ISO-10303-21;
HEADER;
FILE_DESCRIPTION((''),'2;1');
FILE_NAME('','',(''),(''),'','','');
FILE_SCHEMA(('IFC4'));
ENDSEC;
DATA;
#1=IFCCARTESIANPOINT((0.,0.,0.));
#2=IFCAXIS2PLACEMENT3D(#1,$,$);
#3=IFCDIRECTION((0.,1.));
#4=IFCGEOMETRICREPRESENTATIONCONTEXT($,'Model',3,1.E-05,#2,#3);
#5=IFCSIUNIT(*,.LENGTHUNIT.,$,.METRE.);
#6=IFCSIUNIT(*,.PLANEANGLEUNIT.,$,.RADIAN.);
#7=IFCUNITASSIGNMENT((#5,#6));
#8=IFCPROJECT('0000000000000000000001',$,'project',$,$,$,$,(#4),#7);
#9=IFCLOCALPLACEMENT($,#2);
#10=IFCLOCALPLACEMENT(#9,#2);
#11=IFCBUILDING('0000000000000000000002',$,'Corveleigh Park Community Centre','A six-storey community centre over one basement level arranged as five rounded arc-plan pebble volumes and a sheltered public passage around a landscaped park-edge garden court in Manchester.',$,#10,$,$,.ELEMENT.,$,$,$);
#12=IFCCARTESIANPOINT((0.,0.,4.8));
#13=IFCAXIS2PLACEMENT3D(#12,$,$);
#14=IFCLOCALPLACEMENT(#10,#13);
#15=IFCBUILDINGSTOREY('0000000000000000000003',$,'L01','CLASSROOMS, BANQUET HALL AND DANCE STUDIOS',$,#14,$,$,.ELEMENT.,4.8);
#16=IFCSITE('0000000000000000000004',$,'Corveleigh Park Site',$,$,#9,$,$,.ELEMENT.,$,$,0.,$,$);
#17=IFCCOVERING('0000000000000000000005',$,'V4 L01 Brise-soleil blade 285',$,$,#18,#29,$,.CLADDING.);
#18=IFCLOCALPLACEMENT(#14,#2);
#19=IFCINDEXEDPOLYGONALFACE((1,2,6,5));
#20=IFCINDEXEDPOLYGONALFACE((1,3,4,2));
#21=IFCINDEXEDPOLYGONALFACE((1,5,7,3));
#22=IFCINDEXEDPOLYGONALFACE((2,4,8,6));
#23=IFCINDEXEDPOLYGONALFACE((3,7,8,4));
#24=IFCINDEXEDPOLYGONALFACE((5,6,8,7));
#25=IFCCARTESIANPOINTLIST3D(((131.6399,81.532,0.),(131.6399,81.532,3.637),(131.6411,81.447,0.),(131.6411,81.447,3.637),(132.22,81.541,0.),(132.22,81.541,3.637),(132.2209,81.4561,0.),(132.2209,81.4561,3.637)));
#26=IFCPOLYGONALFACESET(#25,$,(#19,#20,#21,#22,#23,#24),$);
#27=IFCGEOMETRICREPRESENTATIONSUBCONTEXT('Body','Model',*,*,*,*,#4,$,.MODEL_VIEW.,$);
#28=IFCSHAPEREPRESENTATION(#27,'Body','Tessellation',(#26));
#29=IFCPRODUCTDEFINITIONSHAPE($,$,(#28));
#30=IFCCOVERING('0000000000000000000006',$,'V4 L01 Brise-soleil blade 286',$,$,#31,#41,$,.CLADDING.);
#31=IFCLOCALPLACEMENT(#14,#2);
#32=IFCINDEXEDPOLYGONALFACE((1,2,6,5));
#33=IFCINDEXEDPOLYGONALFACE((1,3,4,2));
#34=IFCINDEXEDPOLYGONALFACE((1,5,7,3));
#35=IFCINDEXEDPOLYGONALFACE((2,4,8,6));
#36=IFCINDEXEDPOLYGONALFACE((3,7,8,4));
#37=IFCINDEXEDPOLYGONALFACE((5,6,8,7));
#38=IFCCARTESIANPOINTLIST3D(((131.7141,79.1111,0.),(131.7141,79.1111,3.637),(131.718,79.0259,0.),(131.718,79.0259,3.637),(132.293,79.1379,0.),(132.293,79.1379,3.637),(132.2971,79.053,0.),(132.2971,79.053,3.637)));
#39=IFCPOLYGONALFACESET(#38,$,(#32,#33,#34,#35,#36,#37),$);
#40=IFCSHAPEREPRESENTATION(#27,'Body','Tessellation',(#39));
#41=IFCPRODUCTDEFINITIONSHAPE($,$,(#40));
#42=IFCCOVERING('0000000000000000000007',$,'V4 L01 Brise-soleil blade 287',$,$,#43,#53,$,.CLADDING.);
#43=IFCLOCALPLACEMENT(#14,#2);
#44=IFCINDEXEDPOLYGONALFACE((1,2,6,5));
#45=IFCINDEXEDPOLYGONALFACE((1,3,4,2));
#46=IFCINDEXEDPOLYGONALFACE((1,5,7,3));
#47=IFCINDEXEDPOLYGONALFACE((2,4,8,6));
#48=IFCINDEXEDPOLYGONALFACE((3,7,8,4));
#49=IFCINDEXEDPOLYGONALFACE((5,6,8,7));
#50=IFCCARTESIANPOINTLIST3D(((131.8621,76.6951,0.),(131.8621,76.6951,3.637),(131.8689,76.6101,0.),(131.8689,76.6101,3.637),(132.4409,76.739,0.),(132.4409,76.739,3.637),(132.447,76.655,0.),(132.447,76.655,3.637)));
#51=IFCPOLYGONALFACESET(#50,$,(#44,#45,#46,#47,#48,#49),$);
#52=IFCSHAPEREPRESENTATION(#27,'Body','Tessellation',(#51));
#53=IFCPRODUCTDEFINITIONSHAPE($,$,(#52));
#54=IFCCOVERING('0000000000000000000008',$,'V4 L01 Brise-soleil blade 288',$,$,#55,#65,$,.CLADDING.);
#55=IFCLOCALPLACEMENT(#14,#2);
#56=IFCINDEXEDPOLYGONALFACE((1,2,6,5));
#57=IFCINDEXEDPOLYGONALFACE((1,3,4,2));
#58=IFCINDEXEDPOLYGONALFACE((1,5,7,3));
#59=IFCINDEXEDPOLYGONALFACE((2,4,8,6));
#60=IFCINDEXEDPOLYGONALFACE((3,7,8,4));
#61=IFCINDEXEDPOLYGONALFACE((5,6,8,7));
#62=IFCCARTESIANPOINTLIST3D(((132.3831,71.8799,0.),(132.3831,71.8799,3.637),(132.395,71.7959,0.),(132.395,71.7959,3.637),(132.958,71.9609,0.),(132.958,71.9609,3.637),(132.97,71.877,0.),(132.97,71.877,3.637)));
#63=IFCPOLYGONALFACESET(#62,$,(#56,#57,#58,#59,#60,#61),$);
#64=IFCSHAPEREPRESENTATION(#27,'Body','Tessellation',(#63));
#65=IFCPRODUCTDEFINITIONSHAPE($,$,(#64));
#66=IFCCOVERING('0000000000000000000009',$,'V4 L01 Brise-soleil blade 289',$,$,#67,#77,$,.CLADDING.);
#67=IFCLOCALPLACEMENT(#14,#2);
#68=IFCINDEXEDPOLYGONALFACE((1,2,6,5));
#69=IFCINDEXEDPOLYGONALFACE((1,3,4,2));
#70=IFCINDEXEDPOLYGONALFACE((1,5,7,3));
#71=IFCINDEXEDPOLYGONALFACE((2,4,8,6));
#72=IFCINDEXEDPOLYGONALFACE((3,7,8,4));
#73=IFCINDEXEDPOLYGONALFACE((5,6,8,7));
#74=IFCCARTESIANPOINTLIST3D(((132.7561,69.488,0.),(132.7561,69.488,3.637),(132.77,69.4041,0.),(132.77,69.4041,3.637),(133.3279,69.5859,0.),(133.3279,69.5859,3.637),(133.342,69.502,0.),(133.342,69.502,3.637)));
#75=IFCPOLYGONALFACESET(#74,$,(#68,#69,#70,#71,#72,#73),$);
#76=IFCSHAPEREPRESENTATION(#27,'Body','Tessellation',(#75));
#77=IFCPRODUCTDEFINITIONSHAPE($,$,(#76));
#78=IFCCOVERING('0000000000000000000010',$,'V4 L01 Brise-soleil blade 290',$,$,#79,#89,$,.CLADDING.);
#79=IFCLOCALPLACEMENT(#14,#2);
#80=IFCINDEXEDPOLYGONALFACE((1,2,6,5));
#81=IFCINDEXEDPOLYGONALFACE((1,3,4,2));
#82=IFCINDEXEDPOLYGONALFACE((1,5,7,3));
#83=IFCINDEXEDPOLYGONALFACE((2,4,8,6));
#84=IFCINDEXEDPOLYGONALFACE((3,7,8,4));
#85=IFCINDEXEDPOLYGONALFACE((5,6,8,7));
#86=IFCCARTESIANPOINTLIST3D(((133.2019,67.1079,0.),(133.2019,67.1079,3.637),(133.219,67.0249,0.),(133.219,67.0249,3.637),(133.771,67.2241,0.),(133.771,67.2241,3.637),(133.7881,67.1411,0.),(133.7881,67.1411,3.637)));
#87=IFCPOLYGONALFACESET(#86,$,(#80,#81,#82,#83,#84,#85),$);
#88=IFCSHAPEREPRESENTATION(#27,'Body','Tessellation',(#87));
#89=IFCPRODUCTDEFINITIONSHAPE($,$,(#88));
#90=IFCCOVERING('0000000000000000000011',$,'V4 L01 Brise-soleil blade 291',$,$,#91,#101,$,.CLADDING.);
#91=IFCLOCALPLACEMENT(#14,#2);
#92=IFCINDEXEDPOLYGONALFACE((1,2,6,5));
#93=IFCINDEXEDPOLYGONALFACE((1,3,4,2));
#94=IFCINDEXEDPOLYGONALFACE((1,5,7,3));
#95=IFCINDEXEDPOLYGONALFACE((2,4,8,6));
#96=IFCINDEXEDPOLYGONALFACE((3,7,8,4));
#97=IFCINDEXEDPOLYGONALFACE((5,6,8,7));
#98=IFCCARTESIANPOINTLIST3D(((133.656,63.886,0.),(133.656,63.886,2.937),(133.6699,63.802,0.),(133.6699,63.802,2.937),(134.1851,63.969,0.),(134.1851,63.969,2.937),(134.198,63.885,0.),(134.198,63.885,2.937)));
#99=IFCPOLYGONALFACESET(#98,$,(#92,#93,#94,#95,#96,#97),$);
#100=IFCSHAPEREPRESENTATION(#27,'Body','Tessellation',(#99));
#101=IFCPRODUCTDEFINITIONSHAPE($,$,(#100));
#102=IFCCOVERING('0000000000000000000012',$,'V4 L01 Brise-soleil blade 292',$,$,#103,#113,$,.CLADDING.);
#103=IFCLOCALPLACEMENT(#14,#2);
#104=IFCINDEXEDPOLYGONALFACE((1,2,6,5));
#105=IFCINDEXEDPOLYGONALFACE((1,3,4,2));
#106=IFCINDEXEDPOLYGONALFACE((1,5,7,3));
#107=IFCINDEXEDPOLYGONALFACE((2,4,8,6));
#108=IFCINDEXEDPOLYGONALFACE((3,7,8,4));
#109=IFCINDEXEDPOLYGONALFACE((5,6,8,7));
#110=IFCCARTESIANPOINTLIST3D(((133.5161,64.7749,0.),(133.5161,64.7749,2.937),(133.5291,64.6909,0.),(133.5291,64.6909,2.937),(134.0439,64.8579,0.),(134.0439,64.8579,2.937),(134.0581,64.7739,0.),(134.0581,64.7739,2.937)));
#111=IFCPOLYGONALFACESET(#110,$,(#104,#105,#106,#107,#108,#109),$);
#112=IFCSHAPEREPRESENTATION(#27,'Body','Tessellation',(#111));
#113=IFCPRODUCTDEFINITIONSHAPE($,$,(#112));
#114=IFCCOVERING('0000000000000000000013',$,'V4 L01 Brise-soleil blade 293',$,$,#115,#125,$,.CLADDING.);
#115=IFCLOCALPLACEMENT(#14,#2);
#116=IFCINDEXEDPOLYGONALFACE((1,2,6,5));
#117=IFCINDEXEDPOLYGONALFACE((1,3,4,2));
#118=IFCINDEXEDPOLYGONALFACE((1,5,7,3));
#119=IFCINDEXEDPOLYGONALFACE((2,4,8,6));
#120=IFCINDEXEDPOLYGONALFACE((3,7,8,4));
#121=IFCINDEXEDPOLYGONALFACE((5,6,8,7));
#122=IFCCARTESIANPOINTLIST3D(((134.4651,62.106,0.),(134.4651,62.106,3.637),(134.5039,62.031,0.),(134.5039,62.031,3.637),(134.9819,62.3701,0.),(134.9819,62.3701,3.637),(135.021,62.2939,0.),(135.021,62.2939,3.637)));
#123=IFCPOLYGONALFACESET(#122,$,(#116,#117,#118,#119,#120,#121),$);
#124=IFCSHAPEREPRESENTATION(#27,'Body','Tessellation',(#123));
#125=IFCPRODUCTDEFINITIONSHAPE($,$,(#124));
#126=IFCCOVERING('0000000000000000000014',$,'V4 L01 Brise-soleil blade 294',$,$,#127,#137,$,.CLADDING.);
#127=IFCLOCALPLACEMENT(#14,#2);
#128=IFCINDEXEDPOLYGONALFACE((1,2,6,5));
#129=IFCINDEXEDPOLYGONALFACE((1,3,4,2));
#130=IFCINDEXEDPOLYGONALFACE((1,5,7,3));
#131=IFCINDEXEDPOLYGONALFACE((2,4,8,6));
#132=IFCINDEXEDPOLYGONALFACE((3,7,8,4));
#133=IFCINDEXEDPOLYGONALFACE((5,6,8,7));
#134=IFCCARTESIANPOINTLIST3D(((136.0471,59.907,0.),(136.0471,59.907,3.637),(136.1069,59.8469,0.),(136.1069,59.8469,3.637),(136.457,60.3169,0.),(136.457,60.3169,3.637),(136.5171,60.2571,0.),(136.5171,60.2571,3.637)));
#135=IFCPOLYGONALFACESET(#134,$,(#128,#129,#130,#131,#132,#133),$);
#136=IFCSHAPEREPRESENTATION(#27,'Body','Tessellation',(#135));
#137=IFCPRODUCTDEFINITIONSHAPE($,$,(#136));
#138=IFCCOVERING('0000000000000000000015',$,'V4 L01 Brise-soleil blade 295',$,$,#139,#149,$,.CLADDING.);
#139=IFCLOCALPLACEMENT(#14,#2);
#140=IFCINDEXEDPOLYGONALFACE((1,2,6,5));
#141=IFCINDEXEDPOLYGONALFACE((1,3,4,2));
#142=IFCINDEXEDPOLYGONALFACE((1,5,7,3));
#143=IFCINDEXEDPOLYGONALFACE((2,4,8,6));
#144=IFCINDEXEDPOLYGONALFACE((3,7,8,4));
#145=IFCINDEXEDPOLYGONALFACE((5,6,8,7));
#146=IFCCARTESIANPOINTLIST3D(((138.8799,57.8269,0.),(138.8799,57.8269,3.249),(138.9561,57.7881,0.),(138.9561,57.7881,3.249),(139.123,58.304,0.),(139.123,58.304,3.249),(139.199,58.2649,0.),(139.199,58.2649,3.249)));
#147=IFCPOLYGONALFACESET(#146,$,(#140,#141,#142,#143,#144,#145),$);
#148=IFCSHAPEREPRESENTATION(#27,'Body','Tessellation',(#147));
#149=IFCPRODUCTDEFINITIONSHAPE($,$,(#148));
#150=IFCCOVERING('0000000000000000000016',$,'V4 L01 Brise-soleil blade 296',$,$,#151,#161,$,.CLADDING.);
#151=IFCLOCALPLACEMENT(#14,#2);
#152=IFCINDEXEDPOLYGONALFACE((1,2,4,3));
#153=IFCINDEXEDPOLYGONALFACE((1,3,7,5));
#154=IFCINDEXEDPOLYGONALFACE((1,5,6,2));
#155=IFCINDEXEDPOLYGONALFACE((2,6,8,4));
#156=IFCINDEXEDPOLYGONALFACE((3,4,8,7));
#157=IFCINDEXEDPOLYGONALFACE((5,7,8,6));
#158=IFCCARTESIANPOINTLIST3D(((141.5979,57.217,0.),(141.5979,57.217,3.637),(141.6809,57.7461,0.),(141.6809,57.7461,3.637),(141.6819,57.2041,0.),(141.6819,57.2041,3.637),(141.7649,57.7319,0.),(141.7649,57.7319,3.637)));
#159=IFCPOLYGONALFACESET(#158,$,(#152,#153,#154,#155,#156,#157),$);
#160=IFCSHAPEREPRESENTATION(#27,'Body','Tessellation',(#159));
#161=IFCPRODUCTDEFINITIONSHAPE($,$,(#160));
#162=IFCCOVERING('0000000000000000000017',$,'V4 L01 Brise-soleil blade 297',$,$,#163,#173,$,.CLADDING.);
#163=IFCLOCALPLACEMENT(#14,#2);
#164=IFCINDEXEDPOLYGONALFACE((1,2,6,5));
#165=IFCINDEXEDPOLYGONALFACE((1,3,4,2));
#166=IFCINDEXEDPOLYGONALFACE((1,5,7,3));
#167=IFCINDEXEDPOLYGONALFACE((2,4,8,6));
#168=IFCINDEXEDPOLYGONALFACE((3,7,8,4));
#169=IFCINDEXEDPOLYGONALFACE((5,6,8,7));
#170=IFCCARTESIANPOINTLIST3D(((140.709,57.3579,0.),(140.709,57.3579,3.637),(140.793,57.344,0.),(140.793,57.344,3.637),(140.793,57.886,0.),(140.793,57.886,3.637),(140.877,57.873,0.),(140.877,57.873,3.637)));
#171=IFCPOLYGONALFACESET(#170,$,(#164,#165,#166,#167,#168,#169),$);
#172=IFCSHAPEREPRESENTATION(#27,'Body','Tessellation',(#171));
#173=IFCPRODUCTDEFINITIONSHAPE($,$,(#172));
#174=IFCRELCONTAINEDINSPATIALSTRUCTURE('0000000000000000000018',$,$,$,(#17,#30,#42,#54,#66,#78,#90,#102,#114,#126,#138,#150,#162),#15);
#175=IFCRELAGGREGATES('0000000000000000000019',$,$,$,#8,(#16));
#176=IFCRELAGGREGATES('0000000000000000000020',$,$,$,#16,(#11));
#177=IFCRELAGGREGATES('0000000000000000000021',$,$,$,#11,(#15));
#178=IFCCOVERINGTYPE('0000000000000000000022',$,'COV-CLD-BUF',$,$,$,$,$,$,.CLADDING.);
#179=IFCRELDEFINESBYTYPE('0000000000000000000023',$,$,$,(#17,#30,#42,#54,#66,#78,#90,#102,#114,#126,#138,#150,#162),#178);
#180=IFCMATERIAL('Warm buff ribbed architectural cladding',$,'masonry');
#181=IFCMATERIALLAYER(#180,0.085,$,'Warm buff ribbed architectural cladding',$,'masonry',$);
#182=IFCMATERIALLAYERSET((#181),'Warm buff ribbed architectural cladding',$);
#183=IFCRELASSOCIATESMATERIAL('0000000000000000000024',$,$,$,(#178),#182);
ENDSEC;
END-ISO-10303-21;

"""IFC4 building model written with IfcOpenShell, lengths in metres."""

from ifc_helpers import new_model, si_unit, direction, frame, origin, place, context, subcontext, project, spatial, polyline, outline, extrude, material, layer, layer_set, type_object, element, save


model = new_model("IFC4")

# Units and contexts
model_context = context("Model", 3, precision=1e-05, world=origin(), true_north=direction((0.0, 1.0)))
body_context = subcontext(model_context, "Body", "Model", "MODEL_VIEW")
ifc_project = project(units=[si_unit("LENGTHUNIT", "METRE"), si_unit("PLANEANGLEUNIT", "RADIAN")], contexts=[model_context])

# Site, building, storey
site_placement = place(None, origin())
site = spatial("IfcSite", under=ifc_project, at=site_placement, Name="Corveleigh Park Site", CompositionType="ELEMENT", RefElevation=0.0)
building_placement = place(site_placement, origin())
building = spatial("IfcBuilding", under=site, at=building_placement, Name="Corveleigh Park Community Centre", Description="A six-storey community centre over one basement level arranged as five rounded arc-plan pebble volumes and a sheltered public passage around a landscaped park-edge garden court in Manchester.", CompositionType="ELEMENT")
storey_placement = place(building_placement, frame((0.0, 0.0, 4.8)))
storey = spatial("IfcBuildingStorey", under=building, at=storey_placement, Name="L01", Description="CLASSROOMS, BANQUET HALL AND DANCE STUDIOS", CompositionType="ELEMENT", Elevation=4.8)

# Coverings
ifc_material_1 = material(Name="Warm buff ribbed architectural cladding", Category="masonry")
ifc_layer_1 = layer(ifc_material_1, 0.085, Name="Warm buff ribbed architectural cladding", Category="masonry")
ifc_layer_set_1 = layer_set([ifc_layer_1], Name="Warm buff ribbed architectural cladding")
covering_type_1 = type_object("IfcCoveringType", Name="COV-CLD-BUF", PredefinedType="CLADDING", material=ifc_layer_set_1)
covering_1_placement = place(storey_placement, origin())
element("IfcCovering", 1, at=covering_1_placement, inside=storey, type_object=covering_type_1, Name="V4 L01 Brise-soleil blade 285", PredefinedType="CLADDING", context=body_context, shape_type="SweptSolid", body=[
    extrude(outline(polyline([(132.2209, 81.4561), (132.22, 81.541), (131.6399, 81.532), (131.6411, 81.447), (132.2209, 81.4561)])), origin(), (0.0, 0.0, 1.0), 3.637),
])
covering_2_placement = place(storey_placement, origin())
element("IfcCovering", 2, at=covering_2_placement, inside=storey, type_object=covering_type_1, Name="V4 L01 Brise-soleil blade 286", PredefinedType="CLADDING", context=body_context, shape_type="SweptSolid", body=[
    extrude(outline(polyline([(132.2971, 79.053), (132.293, 79.1379), (131.7141, 79.1111), (131.718, 79.0259), (132.2971, 79.053)])), origin(), (0.0, 0.0, 1.0), 3.637),
])
covering_3_placement = place(storey_placement, origin())
element("IfcCovering", 3, at=covering_3_placement, inside=storey, type_object=covering_type_1, Name="V4 L01 Brise-soleil blade 287", PredefinedType="CLADDING", context=body_context, shape_type="SweptSolid", body=[
    extrude(outline(polyline([(132.447, 76.655), (132.4409, 76.739), (131.8621, 76.6951), (131.8689, 76.6101), (132.447, 76.655)])), origin(), (0.0, 0.0, 1.0), 3.637),
])
covering_4_placement = place(storey_placement, origin())
element("IfcCovering", 4, at=covering_4_placement, inside=storey, type_object=covering_type_1, Name="V4 L01 Brise-soleil blade 288", PredefinedType="CLADDING", context=body_context, shape_type="SweptSolid", body=[
    extrude(outline(polyline([(132.97, 71.877), (132.958, 71.9609), (132.3831, 71.8799), (132.395, 71.7959), (132.97, 71.877)])), origin(), (0.0, 0.0, 1.0), 3.637),
])
covering_5_placement = place(storey_placement, origin())
element("IfcCovering", 5, at=covering_5_placement, inside=storey, type_object=covering_type_1, Name="V4 L01 Brise-soleil blade 289", PredefinedType="CLADDING", context=body_context, shape_type="SweptSolid", body=[
    extrude(outline(polyline([(133.342, 69.502), (133.3279, 69.5859), (132.7561, 69.488), (132.77, 69.4041), (133.342, 69.502)])), origin(), (0.0, 0.0, 1.0), 3.637),
])
covering_6_placement = place(storey_placement, origin())
element("IfcCovering", 6, at=covering_6_placement, inside=storey, type_object=covering_type_1, Name="V4 L01 Brise-soleil blade 290", PredefinedType="CLADDING", context=body_context, shape_type="SweptSolid", body=[
    extrude(outline(polyline([(133.7881, 67.1411), (133.771, 67.2241), (133.2019, 67.1079), (133.219, 67.0249), (133.7881, 67.1411)])), origin(), (0.0, 0.0, 1.0), 3.637),
])
covering_7_placement = place(storey_placement, origin())
element("IfcCovering", 7, at=covering_7_placement, inside=storey, type_object=covering_type_1, Name="V4 L01 Brise-soleil blade 291", PredefinedType="CLADDING", context=body_context, shape_type="SweptSolid", body=[
    extrude(outline(polyline([(134.198, 63.885), (134.1851, 63.969), (133.656, 63.886), (133.6699, 63.802), (134.198, 63.885)])), origin(), (0.0, 0.0, 1.0), 2.937),
])
covering_8_placement = place(storey_placement, origin())
element("IfcCovering", 8, at=covering_8_placement, inside=storey, type_object=covering_type_1, Name="V4 L01 Brise-soleil blade 292", PredefinedType="CLADDING", context=body_context, shape_type="SweptSolid", body=[
    extrude(outline(polyline([(134.0581, 64.7739), (134.0439, 64.8579), (133.5161, 64.7749), (133.5291, 64.6909), (134.0581, 64.7739)])), origin(), (0.0, 0.0, 1.0), 2.937),
])
covering_9_placement = place(storey_placement, origin())
element("IfcCovering", 9, at=covering_9_placement, inside=storey, type_object=covering_type_1, Name="V4 L01 Brise-soleil blade 293", PredefinedType="CLADDING", context=body_context, shape_type="SweptSolid", body=[
    extrude(outline(polyline([(135.021, 62.2939), (134.9819, 62.3701), (134.4651, 62.106), (134.5039, 62.031), (135.021, 62.2939)])), origin(), (0.0, 0.0, 1.0), 3.637),
])
covering_10_placement = place(storey_placement, origin())
element("IfcCovering", 10, at=covering_10_placement, inside=storey, type_object=covering_type_1, Name="V4 L01 Brise-soleil blade 294", PredefinedType="CLADDING", context=body_context, shape_type="SweptSolid", body=[
    extrude(outline(polyline([(136.5171, 60.2571), (136.457, 60.3169), (136.0471, 59.907), (136.1069, 59.8469), (136.5171, 60.2571)])), origin(), (0.0, 0.0, 1.0), 3.637),
])
covering_11_placement = place(storey_placement, origin())
element("IfcCovering", 11, at=covering_11_placement, inside=storey, type_object=covering_type_1, Name="V4 L01 Brise-soleil blade 295", PredefinedType="CLADDING", context=body_context, shape_type="SweptSolid", body=[
    extrude(outline(polyline([(139.199, 58.2649), (139.123, 58.304), (138.8799, 57.8269), (138.9561, 57.7881), (139.199, 58.2649)])), origin(), (0.0, 0.0, 1.0), 3.249),
])
covering_12_placement = place(storey_placement, origin())
element("IfcCovering", 12, at=covering_12_placement, inside=storey, type_object=covering_type_1, Name="V4 L01 Brise-soleil blade 296", PredefinedType="CLADDING", context=body_context, shape_type="SweptSolid", body=[
    extrude(outline(polyline([(141.7649, 57.7319), (141.6809, 57.7461), (141.5979, 57.217), (141.6819, 57.2041), (141.7649, 57.7319)])), origin(), (0.0, 0.0, 1.0), 3.637),
])
covering_13_placement = place(storey_placement, origin())
element("IfcCovering", 13, at=covering_13_placement, inside=storey, type_object=covering_type_1, Name="V4 L01 Brise-soleil blade 297", PredefinedType="CLADDING", context=body_context, shape_type="SweptSolid", body=[
    extrude(outline(polyline([(140.877, 57.873), (140.793, 57.886), (140.709, 57.3579), (140.793, 57.344), (140.877, 57.873)])), origin(), (0.0, 0.0, 1.0), 3.637),
])

save(model, "model.ifc")
